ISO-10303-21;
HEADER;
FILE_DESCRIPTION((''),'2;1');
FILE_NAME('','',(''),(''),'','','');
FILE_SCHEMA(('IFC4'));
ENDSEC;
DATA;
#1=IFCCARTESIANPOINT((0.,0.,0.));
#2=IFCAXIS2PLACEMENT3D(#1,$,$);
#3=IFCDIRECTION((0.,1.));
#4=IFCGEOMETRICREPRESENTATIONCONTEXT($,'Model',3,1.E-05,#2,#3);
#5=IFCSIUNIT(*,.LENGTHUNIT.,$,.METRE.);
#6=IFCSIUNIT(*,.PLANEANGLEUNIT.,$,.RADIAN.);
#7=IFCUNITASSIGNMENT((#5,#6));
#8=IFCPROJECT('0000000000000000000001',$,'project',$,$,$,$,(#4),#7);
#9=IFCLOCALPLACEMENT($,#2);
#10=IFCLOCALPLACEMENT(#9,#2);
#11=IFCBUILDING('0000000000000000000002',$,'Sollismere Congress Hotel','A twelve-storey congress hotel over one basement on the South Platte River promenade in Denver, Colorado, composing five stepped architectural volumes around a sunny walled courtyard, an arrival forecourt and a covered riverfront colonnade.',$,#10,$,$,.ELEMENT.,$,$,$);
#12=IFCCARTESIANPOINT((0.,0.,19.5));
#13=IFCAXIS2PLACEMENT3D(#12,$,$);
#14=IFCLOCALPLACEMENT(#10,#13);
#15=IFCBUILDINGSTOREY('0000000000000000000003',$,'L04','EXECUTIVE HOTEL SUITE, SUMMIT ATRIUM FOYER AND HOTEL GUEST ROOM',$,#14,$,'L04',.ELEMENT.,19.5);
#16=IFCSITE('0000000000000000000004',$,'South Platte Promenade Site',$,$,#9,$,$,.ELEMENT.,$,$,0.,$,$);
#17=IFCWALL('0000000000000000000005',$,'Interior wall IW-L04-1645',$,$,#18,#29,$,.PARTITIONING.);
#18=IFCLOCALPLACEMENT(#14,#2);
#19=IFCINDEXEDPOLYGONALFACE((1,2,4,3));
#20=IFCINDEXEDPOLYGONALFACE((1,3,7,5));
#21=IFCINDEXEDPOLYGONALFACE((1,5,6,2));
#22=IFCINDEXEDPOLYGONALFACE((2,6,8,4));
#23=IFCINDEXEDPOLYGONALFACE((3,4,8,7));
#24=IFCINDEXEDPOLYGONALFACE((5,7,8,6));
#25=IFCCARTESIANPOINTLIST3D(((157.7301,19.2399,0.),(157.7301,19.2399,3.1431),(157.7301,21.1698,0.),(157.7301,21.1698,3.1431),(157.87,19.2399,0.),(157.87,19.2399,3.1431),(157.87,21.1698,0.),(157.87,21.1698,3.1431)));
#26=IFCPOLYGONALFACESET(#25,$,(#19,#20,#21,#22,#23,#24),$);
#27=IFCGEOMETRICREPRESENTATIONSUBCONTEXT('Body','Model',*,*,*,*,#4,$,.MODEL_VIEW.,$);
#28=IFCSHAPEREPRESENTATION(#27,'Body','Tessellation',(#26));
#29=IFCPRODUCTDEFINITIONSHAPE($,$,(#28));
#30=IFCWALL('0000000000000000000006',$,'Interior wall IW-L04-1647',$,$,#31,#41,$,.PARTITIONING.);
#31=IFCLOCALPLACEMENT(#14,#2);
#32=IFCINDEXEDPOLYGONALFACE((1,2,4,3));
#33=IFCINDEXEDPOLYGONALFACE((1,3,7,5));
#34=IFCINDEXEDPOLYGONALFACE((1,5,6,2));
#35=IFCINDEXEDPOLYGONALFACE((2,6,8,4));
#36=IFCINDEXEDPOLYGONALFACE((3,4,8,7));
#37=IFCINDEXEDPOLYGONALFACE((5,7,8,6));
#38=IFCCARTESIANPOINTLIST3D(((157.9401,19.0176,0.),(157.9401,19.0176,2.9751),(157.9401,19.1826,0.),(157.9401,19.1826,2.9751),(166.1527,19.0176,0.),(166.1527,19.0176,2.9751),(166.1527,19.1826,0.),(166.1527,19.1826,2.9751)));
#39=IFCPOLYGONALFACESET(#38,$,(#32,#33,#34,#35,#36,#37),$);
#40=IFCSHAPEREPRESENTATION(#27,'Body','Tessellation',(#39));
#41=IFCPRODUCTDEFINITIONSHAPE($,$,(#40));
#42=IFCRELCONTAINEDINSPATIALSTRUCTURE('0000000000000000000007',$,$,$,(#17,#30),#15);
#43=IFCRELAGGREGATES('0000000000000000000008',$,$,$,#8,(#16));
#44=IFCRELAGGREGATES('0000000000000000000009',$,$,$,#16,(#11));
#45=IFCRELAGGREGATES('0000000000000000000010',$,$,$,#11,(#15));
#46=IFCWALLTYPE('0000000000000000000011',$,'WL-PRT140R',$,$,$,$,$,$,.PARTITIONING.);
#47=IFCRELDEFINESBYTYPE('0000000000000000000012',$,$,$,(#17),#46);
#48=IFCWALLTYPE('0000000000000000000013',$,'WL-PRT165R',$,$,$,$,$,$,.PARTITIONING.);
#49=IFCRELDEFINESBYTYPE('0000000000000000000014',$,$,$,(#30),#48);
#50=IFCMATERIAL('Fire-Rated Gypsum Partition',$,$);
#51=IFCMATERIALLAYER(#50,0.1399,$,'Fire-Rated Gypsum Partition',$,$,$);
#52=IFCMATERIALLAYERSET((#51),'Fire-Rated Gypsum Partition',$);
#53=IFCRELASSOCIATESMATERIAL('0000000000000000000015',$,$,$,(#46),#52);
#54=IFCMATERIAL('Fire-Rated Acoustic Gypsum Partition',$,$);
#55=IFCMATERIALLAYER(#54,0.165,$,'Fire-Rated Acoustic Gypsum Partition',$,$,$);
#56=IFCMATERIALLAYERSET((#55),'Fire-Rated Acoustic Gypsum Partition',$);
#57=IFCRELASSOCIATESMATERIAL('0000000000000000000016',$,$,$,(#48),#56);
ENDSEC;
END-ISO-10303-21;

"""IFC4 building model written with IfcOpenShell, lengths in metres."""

from ifc_helpers import new_model, si_unit, direction, frame, frame_2d, origin, place, context, subcontext, project, spatial, rectangle, extrude, material, layer, layer_set, type_object, element, save


model = new_model("IFC4")

# Units and contexts
model_context = context("Model", 3, precision=1e-05, world=origin(), true_north=direction((0.0, 1.0)))
body_context = subcontext(model_context, "Body", "Model", "MODEL_VIEW")
ifc_project = project(units=[si_unit("LENGTHUNIT", "METRE"), si_unit("PLANEANGLEUNIT", "RADIAN")], contexts=[model_context])

# Site, building, storey
site_placement = place(None, origin())
site = spatial("IfcSite", under=ifc_project, at=site_placement, Name="South Platte Promenade Site", CompositionType="ELEMENT", RefElevation=0.0)
building_placement = place(site_placement, origin())
building = spatial("IfcBuilding", under=site, at=building_placement, Name="Sollismere Congress Hotel", Description="A twelve-storey congress hotel over one basement on the South Platte River promenade in Denver, Colorado, composing five stepped architectural volumes around a sunny walled courtyard, an arrival forecourt and a covered riverfront colonnade.", CompositionType="ELEMENT")
storey_placement = place(building_placement, frame((0.0, 0.0, 19.5)))
storey = spatial("IfcBuildingStorey", under=building, at=storey_placement, Name="L04", Description="EXECUTIVE HOTEL SUITE, SUMMIT ATRIUM FOYER AND HOTEL GUEST ROOM", LongName="L04", CompositionType="ELEMENT", Elevation=19.5)

# Wall
ifc_material_1 = material(Name="Fire-Rated Gypsum Partition")
ifc_layer_1 = layer(ifc_material_1, 0.1399, Name="Fire-Rated Gypsum Partition")
ifc_layer_set_1 = layer_set([ifc_layer_1], Name="Fire-Rated Gypsum Partition")
wall_type_1 = type_object("IfcWallType", Name="WL-PRT140R", PredefinedType="PARTITIONING", material=ifc_layer_set_1)
wall_1_placement = place(storey_placement, frame((157.8, 19.24, 0.0), z_axis=(0.0, 0.0, 1.0), x_axis=(0.0, 1.0, 0.0)))
element("IfcWall", 1, at=wall_1_placement, inside=storey, type_object=wall_type_1, Name="Interior wall IW-L04-1645", PredefinedType="PARTITIONING", context=body_context, shape_type="SweptSolid", body=[
    extrude(rectangle(XDim=1.9299, YDim=0.1399, at=frame_2d((0.9648, 0.0))), origin(), (0.0, 0.0, 1.0), 3.1431),
])

# Wall
ifc_material_2 = material(Name="Fire-Rated Acoustic Gypsum Partition")
ifc_layer_2 = layer(ifc_material_2, 0.165, Name="Fire-Rated Acoustic Gypsum Partition")
ifc_layer_set_2 = layer_set([ifc_layer_2], Name="Fire-Rated Acoustic Gypsum Partition")
wall_type_2 = type_object("IfcWallType", Name="WL-PRT165R", PredefinedType="PARTITIONING", material=ifc_layer_set_2)
wall_2_placement = place(storey_placement, frame((157.9399, 19.1001, 0.0), z_axis=(0.0, 0.0, 1.0), x_axis=(1.0, 0.0, 0.0)))
element("IfcWall", 2, at=wall_2_placement, inside=storey, type_object=wall_type_2, Name="Interior wall IW-L04-1647", PredefinedType="PARTITIONING", context=body_context, shape_type="SweptSolid", body=[
    extrude(rectangle(XDim=8.2126, YDim=0.165, at=frame_2d((4.1064, 0.0))), origin(), (0.0, 0.0, 1.0), 2.9751),
])

save(model, "model.ifc")
